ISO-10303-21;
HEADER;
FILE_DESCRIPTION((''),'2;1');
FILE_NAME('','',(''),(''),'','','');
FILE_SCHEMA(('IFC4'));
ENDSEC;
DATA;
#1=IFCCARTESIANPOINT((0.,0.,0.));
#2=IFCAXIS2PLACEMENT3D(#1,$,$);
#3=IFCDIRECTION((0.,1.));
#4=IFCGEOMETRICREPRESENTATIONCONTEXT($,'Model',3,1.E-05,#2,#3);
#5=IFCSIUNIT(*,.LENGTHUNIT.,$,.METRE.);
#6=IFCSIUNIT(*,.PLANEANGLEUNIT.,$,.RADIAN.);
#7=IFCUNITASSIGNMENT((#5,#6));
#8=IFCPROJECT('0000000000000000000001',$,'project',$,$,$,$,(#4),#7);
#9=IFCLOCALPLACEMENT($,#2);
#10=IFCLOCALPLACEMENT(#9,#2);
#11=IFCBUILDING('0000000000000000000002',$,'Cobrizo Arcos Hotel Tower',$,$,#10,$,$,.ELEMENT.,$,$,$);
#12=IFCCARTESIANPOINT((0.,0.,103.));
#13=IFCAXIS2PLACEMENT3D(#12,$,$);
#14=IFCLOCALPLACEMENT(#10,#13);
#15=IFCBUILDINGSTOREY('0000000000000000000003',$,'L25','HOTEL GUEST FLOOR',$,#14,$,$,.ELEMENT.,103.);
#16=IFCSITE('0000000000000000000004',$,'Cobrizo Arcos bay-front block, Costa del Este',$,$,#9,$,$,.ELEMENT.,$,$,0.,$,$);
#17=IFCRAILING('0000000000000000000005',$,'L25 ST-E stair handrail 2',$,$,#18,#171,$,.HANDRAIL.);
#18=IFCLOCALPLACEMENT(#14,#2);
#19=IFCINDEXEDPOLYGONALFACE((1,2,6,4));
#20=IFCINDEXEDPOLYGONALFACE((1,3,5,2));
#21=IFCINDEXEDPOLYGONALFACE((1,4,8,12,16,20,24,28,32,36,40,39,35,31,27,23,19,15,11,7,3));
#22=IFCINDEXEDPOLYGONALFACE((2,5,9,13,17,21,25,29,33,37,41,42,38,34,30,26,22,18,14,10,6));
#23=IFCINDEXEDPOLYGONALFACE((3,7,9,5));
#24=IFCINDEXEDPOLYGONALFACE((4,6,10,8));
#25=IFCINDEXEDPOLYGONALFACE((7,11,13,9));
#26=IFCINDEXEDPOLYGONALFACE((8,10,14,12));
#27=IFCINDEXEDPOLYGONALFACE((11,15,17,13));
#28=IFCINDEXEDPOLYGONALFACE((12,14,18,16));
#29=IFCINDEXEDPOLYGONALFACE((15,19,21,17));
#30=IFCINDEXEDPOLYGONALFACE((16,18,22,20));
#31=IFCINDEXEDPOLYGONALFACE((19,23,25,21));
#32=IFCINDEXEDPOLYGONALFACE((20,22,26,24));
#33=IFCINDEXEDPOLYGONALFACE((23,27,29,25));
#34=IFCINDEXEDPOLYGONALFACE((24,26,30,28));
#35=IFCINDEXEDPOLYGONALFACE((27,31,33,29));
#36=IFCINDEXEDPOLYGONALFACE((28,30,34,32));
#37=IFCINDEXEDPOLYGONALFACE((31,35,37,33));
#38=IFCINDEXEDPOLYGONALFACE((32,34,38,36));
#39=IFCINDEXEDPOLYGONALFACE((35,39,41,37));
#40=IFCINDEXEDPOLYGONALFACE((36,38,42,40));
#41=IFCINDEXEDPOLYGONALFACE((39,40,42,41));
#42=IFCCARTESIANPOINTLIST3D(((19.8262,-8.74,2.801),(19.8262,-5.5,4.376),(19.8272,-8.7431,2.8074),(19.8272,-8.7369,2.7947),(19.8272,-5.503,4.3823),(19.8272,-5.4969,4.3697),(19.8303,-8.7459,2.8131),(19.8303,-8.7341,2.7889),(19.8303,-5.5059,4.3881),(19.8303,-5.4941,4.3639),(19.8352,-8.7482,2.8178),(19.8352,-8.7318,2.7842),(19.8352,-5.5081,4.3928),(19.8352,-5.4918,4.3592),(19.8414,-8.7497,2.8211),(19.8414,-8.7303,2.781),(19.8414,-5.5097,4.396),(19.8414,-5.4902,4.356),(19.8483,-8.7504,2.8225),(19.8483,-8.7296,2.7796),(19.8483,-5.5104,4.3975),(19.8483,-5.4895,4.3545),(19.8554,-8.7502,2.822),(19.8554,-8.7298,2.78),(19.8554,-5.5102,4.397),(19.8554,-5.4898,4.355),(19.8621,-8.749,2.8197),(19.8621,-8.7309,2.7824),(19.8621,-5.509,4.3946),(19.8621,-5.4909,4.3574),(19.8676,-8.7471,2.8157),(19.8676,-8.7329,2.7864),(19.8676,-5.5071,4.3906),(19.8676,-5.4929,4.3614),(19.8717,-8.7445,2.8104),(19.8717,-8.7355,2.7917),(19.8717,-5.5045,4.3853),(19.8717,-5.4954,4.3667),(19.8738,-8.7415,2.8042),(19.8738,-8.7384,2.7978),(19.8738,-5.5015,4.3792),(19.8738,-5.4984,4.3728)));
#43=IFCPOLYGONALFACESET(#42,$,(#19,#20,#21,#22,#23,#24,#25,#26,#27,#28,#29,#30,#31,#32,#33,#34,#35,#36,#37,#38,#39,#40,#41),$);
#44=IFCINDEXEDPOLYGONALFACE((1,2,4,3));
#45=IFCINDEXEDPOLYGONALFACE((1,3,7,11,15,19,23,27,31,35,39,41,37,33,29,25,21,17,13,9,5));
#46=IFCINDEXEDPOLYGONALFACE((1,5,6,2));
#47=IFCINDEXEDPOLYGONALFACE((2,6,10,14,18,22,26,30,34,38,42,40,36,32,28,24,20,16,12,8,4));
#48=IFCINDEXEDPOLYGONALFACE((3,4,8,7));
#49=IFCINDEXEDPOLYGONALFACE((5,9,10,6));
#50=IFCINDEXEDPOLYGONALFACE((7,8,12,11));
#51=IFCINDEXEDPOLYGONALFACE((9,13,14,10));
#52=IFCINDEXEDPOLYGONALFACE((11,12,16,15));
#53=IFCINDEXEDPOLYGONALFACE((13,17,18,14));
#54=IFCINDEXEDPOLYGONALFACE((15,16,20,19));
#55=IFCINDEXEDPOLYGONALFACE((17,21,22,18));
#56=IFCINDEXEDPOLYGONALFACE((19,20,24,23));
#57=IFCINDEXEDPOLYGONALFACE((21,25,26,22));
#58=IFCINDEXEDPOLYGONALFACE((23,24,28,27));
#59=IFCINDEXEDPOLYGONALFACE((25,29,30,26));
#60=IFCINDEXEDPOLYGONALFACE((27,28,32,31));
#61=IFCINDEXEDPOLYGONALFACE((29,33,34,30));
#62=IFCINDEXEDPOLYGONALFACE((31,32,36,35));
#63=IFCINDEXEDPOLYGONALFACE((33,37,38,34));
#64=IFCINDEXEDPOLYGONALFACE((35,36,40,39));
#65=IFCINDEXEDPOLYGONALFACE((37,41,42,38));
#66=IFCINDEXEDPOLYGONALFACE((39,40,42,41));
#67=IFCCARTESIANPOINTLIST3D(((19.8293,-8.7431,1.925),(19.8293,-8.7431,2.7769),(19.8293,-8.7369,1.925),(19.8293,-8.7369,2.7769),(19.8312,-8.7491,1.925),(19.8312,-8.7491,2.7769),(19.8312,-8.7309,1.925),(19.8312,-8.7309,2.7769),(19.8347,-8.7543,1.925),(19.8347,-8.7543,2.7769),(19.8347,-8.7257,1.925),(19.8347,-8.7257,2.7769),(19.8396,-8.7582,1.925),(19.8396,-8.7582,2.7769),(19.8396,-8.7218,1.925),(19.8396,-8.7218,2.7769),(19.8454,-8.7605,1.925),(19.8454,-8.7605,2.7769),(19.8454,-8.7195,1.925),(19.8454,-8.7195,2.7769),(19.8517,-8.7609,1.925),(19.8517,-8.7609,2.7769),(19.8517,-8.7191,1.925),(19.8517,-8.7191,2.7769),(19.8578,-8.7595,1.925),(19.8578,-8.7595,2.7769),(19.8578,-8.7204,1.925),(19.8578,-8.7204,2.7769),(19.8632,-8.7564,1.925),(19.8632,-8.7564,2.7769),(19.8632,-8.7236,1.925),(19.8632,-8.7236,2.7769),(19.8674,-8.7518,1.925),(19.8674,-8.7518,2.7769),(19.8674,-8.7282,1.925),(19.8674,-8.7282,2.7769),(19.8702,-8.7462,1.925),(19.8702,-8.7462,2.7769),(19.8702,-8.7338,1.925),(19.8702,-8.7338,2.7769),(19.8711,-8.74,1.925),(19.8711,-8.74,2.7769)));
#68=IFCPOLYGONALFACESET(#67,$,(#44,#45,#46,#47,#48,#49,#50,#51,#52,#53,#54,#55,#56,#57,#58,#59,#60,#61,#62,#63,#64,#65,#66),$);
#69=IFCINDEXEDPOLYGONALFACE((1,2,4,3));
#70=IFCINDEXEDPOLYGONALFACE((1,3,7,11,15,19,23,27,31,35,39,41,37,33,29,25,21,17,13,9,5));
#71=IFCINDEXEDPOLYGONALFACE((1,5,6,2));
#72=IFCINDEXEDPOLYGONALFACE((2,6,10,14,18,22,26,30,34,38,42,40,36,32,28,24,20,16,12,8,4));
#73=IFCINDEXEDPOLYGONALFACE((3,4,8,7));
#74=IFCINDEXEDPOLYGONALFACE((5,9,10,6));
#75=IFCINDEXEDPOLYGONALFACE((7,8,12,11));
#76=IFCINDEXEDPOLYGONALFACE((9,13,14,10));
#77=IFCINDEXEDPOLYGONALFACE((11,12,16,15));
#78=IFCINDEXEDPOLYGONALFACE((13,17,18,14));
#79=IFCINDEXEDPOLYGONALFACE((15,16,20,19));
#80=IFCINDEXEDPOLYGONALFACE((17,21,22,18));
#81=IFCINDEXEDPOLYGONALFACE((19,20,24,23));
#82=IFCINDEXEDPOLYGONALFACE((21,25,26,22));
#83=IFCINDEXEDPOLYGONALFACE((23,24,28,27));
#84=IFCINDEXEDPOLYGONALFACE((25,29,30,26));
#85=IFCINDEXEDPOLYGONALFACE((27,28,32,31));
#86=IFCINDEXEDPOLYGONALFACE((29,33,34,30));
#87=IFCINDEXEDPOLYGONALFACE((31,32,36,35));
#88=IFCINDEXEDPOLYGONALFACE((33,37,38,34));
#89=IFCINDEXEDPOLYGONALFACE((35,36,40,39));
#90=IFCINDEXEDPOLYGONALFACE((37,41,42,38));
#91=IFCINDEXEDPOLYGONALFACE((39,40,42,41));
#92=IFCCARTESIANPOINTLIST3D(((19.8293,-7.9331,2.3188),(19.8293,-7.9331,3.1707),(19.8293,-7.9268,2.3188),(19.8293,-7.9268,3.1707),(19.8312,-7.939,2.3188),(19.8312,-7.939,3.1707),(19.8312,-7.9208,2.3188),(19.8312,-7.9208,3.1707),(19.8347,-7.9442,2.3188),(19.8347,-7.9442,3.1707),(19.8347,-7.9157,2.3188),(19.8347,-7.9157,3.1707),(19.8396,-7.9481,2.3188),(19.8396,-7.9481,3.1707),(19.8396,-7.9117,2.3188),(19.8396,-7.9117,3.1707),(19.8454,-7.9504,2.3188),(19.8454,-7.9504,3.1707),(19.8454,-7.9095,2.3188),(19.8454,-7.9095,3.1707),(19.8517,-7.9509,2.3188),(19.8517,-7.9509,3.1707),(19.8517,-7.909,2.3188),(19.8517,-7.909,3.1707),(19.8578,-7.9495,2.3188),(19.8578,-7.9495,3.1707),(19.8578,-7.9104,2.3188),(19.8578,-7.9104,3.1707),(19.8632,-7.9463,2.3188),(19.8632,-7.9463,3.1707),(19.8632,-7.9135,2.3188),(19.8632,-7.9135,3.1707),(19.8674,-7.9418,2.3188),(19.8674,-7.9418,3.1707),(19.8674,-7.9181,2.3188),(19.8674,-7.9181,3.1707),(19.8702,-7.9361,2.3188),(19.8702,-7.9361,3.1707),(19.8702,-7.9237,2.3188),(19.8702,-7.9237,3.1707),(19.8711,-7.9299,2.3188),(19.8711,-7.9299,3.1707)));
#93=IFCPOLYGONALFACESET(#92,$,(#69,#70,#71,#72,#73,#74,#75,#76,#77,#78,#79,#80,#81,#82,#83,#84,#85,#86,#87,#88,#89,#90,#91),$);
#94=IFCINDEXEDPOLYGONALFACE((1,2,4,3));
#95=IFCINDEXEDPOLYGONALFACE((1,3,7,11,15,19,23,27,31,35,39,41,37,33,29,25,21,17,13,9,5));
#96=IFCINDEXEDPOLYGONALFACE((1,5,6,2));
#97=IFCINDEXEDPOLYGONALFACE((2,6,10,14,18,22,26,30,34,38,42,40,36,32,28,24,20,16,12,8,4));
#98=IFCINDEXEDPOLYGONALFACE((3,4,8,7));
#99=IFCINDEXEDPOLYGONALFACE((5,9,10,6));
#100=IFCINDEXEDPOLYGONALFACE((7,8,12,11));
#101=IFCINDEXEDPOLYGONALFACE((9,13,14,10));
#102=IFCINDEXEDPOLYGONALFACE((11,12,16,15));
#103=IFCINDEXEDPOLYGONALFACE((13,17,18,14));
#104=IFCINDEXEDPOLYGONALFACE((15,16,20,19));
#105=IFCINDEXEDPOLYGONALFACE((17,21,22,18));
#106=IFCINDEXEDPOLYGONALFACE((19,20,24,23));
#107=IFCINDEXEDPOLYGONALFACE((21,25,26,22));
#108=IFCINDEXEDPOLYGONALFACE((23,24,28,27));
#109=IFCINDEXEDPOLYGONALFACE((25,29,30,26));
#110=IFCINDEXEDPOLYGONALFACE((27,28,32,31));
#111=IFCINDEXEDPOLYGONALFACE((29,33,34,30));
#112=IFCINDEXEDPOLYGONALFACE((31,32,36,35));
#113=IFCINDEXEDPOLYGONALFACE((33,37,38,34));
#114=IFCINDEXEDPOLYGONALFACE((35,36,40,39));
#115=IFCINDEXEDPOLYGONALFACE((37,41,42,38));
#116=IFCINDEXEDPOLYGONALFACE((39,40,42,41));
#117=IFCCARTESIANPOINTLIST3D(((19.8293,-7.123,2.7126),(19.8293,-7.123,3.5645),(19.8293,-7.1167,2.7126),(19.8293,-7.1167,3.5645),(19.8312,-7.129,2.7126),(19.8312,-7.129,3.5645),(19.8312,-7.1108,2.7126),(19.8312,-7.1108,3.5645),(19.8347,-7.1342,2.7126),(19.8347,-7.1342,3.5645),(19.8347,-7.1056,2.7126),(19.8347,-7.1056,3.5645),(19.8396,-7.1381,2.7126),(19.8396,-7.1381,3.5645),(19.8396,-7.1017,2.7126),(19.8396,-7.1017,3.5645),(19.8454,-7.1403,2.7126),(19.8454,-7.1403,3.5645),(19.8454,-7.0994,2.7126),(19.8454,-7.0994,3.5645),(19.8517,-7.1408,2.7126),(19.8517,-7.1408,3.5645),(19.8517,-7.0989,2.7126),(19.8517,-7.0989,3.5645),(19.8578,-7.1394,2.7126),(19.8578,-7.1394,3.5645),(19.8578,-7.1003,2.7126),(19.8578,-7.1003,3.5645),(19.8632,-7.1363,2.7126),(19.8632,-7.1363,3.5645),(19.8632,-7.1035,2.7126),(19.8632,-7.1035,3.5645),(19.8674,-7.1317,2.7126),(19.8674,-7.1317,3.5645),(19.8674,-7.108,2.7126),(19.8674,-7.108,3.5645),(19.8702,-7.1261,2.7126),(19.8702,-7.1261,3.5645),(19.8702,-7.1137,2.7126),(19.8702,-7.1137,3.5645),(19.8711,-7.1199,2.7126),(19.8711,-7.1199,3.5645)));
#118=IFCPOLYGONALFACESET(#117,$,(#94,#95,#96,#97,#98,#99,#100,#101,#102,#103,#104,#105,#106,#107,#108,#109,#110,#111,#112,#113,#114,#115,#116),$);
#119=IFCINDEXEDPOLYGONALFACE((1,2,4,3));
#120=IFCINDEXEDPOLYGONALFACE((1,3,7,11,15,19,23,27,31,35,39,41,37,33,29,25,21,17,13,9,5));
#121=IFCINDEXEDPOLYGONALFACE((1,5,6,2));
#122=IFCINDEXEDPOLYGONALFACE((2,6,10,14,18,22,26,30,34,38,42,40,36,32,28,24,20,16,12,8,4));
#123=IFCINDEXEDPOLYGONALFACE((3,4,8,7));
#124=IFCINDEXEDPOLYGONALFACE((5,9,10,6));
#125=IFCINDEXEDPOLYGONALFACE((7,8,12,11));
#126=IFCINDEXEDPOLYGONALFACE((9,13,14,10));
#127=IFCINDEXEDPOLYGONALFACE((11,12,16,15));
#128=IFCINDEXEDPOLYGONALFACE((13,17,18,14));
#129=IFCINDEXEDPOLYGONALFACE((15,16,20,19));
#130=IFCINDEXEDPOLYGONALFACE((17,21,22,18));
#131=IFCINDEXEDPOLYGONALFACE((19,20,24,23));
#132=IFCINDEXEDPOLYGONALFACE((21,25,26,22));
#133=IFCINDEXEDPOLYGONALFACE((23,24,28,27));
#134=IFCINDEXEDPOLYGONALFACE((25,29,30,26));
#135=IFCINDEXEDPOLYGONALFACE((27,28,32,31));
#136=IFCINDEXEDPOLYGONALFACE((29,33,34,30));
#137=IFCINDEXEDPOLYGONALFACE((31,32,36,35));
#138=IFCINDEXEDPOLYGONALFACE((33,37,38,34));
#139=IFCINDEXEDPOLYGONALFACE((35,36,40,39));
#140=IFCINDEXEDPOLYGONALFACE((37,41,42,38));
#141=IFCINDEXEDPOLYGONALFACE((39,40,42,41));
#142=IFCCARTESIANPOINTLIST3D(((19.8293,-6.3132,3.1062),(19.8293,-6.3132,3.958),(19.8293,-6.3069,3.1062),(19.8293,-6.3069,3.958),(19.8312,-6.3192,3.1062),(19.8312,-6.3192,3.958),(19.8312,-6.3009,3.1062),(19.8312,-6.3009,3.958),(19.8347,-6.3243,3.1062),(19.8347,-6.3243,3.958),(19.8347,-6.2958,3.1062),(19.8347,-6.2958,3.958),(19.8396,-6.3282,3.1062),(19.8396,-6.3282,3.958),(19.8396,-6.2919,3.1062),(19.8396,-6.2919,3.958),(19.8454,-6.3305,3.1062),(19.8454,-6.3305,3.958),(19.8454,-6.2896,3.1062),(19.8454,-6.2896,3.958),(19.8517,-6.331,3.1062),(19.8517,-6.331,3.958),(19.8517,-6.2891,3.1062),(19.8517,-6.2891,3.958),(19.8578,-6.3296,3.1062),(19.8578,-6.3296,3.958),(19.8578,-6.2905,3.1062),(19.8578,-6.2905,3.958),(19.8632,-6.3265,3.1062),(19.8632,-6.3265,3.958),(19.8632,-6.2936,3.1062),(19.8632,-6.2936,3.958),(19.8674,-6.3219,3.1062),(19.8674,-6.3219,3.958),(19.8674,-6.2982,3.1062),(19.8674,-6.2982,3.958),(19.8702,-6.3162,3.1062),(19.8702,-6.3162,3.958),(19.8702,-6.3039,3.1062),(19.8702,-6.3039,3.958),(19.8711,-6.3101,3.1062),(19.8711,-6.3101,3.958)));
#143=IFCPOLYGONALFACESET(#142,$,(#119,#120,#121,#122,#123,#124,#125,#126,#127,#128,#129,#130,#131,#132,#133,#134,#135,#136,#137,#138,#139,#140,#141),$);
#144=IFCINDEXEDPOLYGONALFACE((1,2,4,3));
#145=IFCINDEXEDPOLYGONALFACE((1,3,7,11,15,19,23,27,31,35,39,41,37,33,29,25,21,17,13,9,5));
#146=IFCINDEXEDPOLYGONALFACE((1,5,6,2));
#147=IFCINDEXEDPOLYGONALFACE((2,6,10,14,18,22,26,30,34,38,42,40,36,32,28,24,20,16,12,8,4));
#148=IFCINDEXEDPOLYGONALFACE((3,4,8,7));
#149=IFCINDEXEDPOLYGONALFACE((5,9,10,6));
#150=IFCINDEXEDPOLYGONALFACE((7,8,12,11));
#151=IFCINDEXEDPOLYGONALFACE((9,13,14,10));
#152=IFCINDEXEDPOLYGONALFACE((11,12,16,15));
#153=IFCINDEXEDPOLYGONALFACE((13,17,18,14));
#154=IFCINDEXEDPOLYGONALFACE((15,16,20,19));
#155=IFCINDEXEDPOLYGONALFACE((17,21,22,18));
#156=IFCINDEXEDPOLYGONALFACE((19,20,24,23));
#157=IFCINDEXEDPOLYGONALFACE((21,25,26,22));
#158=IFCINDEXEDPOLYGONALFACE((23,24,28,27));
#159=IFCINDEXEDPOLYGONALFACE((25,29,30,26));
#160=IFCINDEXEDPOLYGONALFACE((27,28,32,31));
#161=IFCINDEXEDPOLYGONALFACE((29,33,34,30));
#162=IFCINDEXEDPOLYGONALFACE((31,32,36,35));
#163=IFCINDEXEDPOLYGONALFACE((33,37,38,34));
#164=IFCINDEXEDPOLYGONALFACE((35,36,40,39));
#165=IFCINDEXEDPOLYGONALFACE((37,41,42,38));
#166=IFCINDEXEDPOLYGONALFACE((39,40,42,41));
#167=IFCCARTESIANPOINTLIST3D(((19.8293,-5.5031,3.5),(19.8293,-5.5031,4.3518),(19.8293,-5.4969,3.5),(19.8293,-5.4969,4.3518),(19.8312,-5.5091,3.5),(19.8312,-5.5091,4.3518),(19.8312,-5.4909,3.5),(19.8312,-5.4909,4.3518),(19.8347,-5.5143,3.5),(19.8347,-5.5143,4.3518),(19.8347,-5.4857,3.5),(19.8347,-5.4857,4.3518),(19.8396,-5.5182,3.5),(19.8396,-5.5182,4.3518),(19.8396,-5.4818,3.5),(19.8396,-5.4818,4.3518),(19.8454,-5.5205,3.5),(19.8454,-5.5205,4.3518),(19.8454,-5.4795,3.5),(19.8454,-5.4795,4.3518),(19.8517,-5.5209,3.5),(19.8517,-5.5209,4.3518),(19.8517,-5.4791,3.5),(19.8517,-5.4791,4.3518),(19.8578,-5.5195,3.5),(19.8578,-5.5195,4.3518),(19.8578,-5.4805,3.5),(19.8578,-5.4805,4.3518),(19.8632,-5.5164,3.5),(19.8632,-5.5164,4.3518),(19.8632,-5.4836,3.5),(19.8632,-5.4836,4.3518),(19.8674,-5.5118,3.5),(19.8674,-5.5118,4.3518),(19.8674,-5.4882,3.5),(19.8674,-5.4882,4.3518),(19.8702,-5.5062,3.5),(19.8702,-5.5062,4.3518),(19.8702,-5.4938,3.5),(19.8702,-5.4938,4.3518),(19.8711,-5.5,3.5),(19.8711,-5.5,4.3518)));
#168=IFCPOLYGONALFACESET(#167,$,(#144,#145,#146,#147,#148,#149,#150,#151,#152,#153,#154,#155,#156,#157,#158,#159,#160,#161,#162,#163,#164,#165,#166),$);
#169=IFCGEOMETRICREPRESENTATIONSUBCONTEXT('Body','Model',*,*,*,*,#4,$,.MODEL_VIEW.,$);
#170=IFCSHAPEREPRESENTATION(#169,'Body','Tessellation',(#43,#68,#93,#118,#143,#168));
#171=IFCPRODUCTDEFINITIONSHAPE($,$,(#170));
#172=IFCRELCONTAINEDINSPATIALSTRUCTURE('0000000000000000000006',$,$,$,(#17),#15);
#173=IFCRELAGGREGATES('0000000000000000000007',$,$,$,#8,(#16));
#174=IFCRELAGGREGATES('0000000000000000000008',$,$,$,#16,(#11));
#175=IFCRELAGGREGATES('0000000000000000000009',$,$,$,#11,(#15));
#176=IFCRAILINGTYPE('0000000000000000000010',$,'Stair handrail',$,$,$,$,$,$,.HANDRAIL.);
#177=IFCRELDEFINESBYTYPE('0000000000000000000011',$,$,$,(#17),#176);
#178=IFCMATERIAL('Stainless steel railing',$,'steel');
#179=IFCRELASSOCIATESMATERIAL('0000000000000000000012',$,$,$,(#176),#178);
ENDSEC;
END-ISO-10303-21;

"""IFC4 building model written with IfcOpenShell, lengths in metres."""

from ifc_helpers import new_model, si_unit, direction, frame, origin, origin_2d, place, context, subcontext, project, spatial, circle, extrude, material, type_object, element, save


model = new_model("IFC4")

# Units and contexts
model_context = context("Model", 3, precision=1e-05, world=origin(), true_north=direction((0.0, 1.0)))
body_context = subcontext(model_context, "Body", "Model", "MODEL_VIEW")
ifc_project = project(units=[si_unit("LENGTHUNIT", "METRE"), si_unit("PLANEANGLEUNIT", "RADIAN")], contexts=[model_context])

# Site, building, storey
site_placement = place(None, origin())
site = spatial("IfcSite", under=ifc_project, at=site_placement, Name="Cobrizo Arcos bay-front block, Costa del Este", CompositionType="ELEMENT", RefElevation=0.0)
building_placement = place(site_placement, origin())
building = spatial("IfcBuilding", under=site, at=building_placement, Name="Cobrizo Arcos Hotel Tower", CompositionType="ELEMENT")
storey_placement = place(building_placement, frame((0.0, 0.0, 103.0)))
storey = spatial("IfcBuildingStorey", under=building, at=storey_placement, Name="L25", Description="HOTEL GUEST FLOOR", CompositionType="ELEMENT", Elevation=103.0)

# Railing
ifc_material_1 = material(Name="Stainless steel railing", Category="steel")
railing_type_1 = type_object("IfcRailingType", Name="Stair handrail", PredefinedType="HANDRAIL", material=ifc_material_1)
railing_1_placement = place(storey_placement, frame((19.8501, -8.74, 1.925)))
element("IfcRailing", 1, at=railing_1_placement, inside=storey, type_object=railing_type_1, Name="L25 ST-E stair handrail 2", PredefinedType="HANDRAIL", context=body_context, shape_type="SweptSolid", body=[
    extrude(circle(Radius=0.0239, at=origin_2d()), frame((0.0, 0.0, 0.876), z_axis=(0.0, 0.899373, 0.437183), x_axis=(-1.0, 0.0, 0.0)), (0.0, 0.0, 1.0), 3.6025),
    extrude(circle(Radius=0.021, at=origin_2d()), origin(), (0.0, 0.0, 1.0), 0.8518),
    extrude(circle(Radius=0.021, at=origin_2d()), frame((0.0, 0.8101, 0.3938)), (0.0, 0.0, 1.0), 0.8518),
    extrude(circle(Radius=0.021, at=origin_2d()), frame((0.0, 1.6201, 0.7876)), (0.0, 0.0, 1.0), 0.8518),
    extrude(circle(Radius=0.021, at=origin_2d()), frame((0.0, 2.4299, 1.1812)), (0.0, 0.0, 1.0), 0.8518),
    extrude(circle(Radius=0.021, at=origin_2d()), frame((0.0, 3.24, 1.575)), (0.0, 0.0, 1.0), 0.8518),
])

save(model, "model.ifc")
